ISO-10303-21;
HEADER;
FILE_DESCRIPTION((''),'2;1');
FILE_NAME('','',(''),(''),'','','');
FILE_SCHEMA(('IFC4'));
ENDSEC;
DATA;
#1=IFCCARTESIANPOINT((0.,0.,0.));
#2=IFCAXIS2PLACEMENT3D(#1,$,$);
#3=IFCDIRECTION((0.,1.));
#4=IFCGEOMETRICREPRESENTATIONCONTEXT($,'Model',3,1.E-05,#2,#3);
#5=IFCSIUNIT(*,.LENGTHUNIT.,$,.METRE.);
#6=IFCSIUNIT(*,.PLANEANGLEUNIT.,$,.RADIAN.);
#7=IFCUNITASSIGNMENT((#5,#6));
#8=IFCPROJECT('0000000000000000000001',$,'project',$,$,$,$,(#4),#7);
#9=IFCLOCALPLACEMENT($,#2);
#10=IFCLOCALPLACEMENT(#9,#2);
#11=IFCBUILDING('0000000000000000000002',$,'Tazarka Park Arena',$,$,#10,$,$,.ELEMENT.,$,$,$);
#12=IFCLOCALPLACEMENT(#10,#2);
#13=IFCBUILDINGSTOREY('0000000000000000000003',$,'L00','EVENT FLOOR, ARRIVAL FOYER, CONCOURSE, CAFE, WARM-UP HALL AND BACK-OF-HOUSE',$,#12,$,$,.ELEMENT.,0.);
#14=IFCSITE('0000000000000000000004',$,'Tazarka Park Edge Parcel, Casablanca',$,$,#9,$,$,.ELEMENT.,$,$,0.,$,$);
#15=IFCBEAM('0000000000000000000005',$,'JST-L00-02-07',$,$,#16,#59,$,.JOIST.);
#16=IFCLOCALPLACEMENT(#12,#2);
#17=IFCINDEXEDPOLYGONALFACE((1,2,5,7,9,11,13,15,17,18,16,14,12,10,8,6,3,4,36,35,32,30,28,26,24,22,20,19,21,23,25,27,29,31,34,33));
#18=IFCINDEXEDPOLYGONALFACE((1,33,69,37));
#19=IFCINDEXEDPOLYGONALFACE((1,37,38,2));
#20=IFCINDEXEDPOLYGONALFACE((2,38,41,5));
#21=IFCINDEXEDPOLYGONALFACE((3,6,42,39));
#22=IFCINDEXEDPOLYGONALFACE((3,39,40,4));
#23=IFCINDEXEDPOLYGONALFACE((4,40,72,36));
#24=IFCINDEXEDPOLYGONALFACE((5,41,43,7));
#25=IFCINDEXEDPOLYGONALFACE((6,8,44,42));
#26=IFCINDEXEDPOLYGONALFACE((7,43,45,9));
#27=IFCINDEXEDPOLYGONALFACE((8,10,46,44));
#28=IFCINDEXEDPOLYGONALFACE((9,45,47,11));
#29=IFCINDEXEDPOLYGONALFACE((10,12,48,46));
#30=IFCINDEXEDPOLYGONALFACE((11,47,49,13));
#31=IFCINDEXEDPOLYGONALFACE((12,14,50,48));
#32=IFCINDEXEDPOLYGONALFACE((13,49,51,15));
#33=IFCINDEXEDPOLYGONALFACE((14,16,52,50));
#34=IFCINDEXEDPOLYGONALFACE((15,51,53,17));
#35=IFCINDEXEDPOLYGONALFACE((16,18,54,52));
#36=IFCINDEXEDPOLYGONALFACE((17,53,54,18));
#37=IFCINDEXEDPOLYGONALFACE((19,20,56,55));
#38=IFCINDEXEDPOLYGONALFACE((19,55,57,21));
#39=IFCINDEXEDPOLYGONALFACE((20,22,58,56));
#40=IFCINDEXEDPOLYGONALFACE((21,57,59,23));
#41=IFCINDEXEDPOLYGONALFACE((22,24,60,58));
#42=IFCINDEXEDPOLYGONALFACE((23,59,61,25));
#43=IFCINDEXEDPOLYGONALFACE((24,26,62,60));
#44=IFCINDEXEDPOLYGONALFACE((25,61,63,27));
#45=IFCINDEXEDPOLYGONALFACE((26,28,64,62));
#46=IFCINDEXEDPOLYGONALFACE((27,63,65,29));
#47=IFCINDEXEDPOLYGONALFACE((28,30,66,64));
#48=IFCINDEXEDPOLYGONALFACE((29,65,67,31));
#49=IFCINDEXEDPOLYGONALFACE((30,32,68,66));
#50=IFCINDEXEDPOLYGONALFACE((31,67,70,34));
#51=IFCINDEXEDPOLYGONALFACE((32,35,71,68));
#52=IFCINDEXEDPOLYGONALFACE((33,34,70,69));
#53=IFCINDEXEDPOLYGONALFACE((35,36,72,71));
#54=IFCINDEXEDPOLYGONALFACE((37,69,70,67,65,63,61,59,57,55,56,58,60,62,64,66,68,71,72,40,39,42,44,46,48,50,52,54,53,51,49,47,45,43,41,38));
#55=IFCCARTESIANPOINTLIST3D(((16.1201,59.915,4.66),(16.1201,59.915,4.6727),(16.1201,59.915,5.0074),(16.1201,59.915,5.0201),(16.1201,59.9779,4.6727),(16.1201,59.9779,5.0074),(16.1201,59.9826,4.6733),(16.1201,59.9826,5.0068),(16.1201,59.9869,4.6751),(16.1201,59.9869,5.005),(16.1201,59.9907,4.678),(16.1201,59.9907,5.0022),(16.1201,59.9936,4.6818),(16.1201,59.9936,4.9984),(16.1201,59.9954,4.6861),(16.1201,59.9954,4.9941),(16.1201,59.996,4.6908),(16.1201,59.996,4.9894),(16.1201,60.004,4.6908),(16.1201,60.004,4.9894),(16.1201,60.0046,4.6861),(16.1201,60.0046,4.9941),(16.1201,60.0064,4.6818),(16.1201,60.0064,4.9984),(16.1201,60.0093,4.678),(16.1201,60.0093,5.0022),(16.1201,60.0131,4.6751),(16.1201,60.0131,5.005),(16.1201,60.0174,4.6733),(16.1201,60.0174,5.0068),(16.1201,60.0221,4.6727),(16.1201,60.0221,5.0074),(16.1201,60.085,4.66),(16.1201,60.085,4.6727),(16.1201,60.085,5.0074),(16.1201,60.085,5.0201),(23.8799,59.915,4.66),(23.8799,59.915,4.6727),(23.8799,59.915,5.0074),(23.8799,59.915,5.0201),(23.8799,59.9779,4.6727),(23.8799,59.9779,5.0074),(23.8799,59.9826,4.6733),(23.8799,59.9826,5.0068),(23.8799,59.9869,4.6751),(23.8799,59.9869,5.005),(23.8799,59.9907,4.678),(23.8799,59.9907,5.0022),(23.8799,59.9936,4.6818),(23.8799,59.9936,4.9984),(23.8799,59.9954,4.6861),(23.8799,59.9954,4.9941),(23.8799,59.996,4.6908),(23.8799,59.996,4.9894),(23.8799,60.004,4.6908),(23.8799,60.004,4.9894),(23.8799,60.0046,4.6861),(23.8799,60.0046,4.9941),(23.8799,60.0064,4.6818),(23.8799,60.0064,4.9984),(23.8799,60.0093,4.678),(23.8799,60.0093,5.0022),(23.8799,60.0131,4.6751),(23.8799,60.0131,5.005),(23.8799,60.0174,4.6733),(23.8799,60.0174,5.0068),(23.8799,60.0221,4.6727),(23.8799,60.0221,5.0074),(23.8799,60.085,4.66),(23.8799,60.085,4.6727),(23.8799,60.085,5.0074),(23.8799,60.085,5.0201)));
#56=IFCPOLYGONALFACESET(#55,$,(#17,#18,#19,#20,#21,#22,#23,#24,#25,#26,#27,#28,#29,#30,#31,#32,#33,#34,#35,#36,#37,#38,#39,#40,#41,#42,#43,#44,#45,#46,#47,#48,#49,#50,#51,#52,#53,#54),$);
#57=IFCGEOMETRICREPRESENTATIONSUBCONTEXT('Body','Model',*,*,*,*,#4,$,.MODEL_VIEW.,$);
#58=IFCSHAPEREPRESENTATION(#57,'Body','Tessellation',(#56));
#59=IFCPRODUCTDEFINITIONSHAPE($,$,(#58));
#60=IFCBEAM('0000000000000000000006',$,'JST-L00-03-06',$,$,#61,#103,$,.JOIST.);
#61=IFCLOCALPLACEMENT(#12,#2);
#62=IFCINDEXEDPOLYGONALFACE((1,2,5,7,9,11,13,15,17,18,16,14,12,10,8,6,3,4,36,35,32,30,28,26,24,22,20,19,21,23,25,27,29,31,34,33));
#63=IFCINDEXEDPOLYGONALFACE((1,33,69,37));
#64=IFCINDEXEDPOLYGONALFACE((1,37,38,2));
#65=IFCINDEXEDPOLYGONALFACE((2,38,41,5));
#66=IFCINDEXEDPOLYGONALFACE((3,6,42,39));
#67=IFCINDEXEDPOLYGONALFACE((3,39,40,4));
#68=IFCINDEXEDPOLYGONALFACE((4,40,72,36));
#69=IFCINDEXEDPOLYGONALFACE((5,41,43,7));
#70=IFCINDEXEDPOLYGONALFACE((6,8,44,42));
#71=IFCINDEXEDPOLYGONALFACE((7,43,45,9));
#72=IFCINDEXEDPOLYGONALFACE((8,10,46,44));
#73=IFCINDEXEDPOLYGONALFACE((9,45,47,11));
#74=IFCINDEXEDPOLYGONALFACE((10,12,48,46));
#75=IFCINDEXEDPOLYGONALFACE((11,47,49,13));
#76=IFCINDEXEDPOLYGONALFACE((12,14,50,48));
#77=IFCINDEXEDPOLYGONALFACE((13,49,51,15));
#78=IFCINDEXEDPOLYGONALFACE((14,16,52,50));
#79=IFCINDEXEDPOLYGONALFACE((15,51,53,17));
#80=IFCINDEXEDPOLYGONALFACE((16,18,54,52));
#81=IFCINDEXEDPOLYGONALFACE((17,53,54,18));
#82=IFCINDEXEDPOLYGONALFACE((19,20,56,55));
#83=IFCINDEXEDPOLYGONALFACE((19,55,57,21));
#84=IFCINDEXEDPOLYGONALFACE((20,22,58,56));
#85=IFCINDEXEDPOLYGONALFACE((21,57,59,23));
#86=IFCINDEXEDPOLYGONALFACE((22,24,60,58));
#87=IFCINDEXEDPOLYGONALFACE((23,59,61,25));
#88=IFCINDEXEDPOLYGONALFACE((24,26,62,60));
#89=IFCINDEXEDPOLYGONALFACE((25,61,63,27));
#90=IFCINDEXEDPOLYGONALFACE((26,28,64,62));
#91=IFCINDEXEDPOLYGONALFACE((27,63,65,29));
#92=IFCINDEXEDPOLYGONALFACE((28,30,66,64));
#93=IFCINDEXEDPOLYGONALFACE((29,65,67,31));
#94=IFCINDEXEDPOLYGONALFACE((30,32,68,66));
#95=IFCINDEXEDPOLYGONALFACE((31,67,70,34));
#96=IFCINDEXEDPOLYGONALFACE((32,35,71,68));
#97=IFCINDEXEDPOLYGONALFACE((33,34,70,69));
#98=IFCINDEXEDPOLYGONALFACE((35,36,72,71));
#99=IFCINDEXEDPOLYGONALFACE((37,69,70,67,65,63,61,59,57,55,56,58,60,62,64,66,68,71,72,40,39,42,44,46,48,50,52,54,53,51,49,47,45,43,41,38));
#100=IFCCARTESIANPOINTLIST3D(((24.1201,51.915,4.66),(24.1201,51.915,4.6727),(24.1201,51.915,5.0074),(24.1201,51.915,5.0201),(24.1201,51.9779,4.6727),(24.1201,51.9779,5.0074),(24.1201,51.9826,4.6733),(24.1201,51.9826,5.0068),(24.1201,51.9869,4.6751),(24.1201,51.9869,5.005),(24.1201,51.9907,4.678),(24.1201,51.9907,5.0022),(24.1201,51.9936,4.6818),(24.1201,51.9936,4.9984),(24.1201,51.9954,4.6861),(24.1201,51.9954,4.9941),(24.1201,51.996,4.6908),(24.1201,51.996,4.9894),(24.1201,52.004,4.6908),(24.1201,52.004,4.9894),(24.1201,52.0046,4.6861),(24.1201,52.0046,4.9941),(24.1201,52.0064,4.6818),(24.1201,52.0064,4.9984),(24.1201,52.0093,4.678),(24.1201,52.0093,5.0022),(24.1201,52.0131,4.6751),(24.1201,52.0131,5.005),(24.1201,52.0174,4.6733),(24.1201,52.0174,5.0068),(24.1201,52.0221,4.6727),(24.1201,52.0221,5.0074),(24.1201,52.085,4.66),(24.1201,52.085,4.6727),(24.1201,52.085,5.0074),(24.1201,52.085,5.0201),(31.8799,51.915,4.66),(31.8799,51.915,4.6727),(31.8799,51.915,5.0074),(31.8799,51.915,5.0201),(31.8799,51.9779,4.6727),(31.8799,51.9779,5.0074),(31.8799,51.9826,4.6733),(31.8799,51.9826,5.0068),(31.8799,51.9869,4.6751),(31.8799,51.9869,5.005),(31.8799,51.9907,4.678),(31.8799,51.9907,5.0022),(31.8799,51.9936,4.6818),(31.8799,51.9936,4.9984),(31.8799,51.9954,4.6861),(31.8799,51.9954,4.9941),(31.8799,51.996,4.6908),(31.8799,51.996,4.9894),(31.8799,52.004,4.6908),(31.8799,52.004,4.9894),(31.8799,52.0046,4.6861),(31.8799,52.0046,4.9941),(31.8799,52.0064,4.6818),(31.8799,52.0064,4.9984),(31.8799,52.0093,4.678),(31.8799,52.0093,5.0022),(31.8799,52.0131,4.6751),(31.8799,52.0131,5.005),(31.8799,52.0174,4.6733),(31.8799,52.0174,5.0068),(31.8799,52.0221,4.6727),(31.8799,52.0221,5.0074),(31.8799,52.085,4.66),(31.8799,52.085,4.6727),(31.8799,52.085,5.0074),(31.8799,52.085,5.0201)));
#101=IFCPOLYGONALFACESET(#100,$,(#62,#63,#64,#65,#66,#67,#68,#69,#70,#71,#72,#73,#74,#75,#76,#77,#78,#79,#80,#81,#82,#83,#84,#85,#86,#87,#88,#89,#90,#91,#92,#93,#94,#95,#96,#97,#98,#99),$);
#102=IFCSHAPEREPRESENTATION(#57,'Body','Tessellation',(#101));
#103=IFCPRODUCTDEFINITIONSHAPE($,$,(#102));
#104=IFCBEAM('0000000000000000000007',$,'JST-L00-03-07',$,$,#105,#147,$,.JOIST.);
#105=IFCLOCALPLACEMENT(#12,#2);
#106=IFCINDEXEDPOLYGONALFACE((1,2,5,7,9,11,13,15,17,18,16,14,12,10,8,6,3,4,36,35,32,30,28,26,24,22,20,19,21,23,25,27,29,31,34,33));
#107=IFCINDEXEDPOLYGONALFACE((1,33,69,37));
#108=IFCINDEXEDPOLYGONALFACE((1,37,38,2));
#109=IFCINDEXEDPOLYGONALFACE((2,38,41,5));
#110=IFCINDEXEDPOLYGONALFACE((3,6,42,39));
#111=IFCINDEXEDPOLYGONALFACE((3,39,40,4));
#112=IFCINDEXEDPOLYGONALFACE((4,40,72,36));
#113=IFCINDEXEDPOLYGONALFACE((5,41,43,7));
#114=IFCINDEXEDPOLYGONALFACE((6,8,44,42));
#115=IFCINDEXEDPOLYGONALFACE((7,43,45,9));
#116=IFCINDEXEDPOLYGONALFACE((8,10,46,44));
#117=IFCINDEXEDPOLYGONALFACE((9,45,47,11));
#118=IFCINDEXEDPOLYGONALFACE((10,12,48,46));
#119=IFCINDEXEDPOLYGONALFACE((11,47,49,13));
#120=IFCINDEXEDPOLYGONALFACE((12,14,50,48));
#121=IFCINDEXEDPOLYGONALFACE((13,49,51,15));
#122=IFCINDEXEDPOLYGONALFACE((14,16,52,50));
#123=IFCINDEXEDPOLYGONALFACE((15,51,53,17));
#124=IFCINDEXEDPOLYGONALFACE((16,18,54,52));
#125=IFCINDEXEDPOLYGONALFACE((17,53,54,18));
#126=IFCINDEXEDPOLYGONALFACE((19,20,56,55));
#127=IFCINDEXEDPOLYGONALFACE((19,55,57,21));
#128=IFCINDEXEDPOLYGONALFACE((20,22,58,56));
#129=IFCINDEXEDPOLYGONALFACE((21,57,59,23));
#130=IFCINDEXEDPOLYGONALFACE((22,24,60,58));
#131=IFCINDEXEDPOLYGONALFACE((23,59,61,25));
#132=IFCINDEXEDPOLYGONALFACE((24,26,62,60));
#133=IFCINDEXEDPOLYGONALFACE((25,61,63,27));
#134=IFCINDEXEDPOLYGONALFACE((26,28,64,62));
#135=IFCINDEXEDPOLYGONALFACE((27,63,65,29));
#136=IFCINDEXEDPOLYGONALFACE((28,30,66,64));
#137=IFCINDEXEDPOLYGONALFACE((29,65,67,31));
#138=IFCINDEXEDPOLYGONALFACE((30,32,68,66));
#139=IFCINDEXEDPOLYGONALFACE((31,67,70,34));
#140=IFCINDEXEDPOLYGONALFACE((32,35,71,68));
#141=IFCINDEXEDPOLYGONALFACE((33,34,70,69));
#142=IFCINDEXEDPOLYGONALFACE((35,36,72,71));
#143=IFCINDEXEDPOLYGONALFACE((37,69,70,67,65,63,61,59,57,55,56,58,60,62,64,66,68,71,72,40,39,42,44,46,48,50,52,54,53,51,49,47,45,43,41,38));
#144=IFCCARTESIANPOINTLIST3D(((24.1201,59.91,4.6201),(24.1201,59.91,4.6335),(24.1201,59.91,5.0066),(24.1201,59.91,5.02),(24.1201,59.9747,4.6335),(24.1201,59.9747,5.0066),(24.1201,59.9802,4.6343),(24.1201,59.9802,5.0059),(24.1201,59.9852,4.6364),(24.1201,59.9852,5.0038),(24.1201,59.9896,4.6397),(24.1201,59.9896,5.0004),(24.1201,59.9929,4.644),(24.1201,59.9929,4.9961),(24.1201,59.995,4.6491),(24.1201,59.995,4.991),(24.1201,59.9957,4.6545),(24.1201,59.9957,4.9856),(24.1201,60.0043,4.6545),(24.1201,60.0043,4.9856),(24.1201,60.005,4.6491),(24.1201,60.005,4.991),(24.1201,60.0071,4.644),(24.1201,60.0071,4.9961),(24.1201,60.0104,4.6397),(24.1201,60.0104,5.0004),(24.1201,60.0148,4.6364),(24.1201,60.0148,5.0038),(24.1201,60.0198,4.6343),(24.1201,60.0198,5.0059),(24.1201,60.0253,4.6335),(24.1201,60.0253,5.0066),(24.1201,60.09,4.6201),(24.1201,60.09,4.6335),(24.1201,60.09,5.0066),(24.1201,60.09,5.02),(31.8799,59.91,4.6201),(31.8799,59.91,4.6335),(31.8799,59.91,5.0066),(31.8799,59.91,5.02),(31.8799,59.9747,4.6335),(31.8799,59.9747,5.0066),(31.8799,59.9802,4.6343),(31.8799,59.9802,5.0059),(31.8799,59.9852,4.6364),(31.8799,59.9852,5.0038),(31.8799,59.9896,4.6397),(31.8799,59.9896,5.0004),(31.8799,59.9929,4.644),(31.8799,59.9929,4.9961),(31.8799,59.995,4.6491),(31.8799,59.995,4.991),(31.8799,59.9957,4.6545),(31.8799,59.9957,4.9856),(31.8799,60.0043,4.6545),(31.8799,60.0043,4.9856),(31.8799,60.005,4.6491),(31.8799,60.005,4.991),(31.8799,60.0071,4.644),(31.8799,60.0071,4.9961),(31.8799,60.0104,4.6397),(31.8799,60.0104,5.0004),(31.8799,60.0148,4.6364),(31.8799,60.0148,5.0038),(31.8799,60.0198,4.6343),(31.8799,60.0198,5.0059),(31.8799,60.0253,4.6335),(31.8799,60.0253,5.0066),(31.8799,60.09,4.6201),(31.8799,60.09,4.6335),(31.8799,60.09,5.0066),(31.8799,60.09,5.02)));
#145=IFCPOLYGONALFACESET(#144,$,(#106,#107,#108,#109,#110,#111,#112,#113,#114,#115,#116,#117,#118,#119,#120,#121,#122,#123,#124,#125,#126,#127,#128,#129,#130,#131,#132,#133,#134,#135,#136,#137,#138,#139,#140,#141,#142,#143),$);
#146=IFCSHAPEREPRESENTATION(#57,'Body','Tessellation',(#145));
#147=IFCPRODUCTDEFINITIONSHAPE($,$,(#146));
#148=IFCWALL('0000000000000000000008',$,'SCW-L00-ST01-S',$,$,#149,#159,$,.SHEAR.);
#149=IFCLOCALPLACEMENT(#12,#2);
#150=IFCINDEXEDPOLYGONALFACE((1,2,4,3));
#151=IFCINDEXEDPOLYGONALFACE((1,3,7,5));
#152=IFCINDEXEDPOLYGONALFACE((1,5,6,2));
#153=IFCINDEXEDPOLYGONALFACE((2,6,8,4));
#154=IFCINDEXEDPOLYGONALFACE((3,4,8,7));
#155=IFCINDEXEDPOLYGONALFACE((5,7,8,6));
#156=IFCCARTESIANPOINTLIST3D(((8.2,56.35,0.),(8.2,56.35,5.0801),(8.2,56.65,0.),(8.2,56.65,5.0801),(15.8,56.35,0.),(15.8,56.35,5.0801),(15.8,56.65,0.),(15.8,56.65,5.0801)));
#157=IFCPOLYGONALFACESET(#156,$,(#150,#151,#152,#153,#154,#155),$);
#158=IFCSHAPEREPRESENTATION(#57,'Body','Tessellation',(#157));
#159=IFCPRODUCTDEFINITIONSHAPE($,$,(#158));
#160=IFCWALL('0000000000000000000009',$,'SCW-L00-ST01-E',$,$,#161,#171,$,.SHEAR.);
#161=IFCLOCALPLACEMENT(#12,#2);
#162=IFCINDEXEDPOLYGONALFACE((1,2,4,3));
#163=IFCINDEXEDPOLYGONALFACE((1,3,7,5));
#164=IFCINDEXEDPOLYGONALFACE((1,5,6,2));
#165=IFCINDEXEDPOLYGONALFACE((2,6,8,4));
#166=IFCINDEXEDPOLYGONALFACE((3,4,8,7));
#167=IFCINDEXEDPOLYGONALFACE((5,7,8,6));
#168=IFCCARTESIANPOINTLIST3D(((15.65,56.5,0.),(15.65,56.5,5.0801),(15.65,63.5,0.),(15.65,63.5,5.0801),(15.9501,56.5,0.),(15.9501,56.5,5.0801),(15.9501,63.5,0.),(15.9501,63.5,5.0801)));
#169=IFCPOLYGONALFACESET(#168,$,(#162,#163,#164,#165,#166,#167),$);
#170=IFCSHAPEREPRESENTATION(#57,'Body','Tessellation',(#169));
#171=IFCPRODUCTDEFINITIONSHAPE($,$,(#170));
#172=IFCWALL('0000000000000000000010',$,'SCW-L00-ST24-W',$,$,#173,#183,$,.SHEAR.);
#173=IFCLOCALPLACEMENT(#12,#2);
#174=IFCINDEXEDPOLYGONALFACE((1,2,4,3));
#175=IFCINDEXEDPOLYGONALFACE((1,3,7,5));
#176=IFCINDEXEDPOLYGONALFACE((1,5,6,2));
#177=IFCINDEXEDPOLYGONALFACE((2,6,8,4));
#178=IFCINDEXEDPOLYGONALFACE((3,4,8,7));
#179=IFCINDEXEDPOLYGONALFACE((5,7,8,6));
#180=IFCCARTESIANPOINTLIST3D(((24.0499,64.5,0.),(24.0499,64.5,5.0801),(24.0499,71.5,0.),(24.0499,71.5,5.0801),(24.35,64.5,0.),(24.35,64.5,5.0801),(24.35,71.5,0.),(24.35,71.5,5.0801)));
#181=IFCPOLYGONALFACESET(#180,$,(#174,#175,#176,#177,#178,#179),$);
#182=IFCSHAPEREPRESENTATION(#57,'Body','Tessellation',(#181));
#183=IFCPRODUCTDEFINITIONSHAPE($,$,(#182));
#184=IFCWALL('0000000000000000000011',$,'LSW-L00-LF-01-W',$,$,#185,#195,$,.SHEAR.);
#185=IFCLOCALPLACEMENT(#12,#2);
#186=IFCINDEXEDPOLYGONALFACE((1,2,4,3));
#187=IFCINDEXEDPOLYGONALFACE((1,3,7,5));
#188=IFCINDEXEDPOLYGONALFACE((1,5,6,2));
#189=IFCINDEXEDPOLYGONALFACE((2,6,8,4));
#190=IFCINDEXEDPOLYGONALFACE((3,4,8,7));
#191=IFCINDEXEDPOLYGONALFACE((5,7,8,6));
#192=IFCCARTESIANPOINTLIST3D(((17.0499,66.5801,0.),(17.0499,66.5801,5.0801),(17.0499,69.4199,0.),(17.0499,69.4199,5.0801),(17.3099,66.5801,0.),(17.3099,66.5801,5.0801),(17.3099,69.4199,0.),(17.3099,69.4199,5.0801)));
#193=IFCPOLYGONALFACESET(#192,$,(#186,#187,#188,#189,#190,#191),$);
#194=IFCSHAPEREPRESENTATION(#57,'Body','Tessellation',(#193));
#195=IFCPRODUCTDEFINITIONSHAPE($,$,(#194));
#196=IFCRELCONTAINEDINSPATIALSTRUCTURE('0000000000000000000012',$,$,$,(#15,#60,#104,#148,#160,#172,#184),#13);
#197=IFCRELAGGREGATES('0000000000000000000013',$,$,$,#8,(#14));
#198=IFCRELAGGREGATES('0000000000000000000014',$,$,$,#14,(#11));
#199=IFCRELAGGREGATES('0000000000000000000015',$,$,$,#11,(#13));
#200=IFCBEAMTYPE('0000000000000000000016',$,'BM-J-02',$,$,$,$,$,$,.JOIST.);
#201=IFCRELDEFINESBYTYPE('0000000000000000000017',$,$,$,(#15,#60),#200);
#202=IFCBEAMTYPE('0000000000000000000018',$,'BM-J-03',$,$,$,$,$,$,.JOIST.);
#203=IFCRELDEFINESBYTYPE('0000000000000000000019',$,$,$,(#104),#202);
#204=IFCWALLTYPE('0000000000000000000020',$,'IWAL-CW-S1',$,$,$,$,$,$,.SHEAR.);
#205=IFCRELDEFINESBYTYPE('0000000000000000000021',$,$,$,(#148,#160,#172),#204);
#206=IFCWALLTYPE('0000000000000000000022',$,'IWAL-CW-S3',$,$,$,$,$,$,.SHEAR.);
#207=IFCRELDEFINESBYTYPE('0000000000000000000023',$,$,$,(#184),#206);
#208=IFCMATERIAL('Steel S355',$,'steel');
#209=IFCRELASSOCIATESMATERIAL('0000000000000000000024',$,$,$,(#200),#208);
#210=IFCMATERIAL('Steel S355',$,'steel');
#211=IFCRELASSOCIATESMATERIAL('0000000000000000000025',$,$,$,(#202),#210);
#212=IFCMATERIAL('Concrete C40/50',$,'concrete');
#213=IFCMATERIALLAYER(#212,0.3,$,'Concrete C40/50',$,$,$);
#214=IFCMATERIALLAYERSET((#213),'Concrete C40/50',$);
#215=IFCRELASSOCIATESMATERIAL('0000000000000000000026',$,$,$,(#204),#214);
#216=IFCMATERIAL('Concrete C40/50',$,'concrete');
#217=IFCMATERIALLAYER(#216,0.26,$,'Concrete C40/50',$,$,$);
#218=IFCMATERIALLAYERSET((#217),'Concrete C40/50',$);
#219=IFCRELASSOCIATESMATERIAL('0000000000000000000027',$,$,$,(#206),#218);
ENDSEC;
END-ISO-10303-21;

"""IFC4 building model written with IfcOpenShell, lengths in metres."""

from ifc_helpers import new_model, si_unit, direction, frame, frame_2d, origin, origin_2d, place, context, subcontext, project, spatial, rectangle, i_section, extrude, material, layer, layer_set, material_profile, profile_set, type_object, element, save


model = new_model("IFC4")

# Units and contexts
model_context = context("Model", 3, precision=1e-05, world=origin(), true_north=direction((0.0, 1.0)))
body_context = subcontext(model_context, "Body", "Model", "MODEL_VIEW")
ifc_project = project(units=[si_unit("LENGTHUNIT", "METRE"), si_unit("PLANEANGLEUNIT", "RADIAN")], contexts=[model_context])

# Site, building, storey
site_placement = place(None, origin())
site = spatial("IfcSite", under=ifc_project, at=site_placement, Name="Tazarka Park Edge Parcel, Casablanca", CompositionType="ELEMENT", RefElevation=0.0)
building_placement = place(site_placement, origin())
building = spatial("IfcBuilding", under=site, at=building_placement, Name="Tazarka Park Arena", CompositionType="ELEMENT")
storey_placement = place(building_placement, origin())
storey = spatial("IfcBuildingStorey", under=building, at=storey_placement, Name="L00", Description="EVENT FLOOR, ARRIVAL FOYER, CONCOURSE, CAFE, WARM-UP HALL AND BACK-OF-HOUSE", CompositionType="ELEMENT", Elevation=0.0)

# Beams
ifc_material_1 = material(Name="Steel S355", Category="steel")
ifc_material_profile_1 = material_profile(ifc_material_1, i_section(OverallWidth=0.1699, OverallDepth=0.3601, WebThickness=0.0081, FlangeThickness=0.0127, FilletRadius=0.0181, at=origin_2d()), Name="Steel S355")
ifc_profile_set_1 = profile_set([ifc_material_profile_1], Name="Steel S355")
beam_type_1 = type_object("IfcBeamType", Name="BM-J-02", PredefinedType="JOIST", material=ifc_profile_set_1)
for number, where, z_axis, x_axis, name in (
    (1, (16.1201, 60.0, 4.8401), (1.0, 0.0, 0.0), (0.0, 1.0, 0.0), "JST-L00-02-07"),
    (2, (24.1201, 52.0, 4.8401), (1.0, 0.0, 0.0), (0.0, 1.0, 0.0), "JST-L00-03-06"),
):
    element("IfcBeam", number, at=place(storey_placement, frame(where, z_axis=z_axis, x_axis=x_axis)), inside=storey, type_object=beam_type_1, Name=name, PredefinedType="JOIST", context=body_context, shape_type="SweptSolid", body=[
        extrude(i_section(OverallWidth=0.1699, OverallDepth=0.3601, WebThickness=0.0081, FlangeThickness=0.0127, FilletRadius=0.0181, at=origin_2d()), origin(), (0.0, 0.0, 1.0), 7.7598),
    ])
ifc_material_2 = material(Name="Steel S355", Category="steel")
ifc_material_profile_2 = material_profile(ifc_material_2, i_section(OverallWidth=0.1799, OverallDepth=0.3999, WebThickness=0.0085, FlangeThickness=0.0134, FilletRadius=0.021, at=origin_2d()), Name="Steel S355")
ifc_profile_set_2 = profile_set([ifc_material_profile_2], Name="Steel S355")
beam_type_2 = type_object("IfcBeamType", Name="BM-J-03", PredefinedType="JOIST", material=ifc_profile_set_2)
beam_1_placement = place(storey_placement, frame((24.1201, 60.0, 4.8201), z_axis=(1.0, 0.0, 0.0), x_axis=(0.0, 1.0, 0.0)))
element("IfcBeam", 3, at=beam_1_placement, inside=storey, type_object=beam_type_2, Name="JST-L00-03-07", PredefinedType="JOIST", context=body_context, shape_type="SweptSolid", body=[
    extrude(i_section(OverallWidth=0.1799, OverallDepth=0.3999, WebThickness=0.0085, FlangeThickness=0.0134, FilletRadius=0.021, at=origin_2d()), origin(), (0.0, 0.0, 1.0), 7.7598),
])

# Walls
ifc_material_3 = material(Name="Concrete C40/50", Category="concrete")
ifc_layer_1 = layer(ifc_material_3, 0.3, Name="Concrete C40/50")
ifc_layer_set_1 = layer_set([ifc_layer_1], Name="Concrete C40/50")
wall_type_1 = type_object("IfcWallType", Name="IWAL-CW-S1", PredefinedType="SHEAR", material=ifc_layer_set_1)
wall_1_placement = place(storey_placement, frame((15.8, 56.5, 0.0), z_axis=(0.0, 0.0, 1.0), x_axis=(-1.0, 0.0, 0.0)))
element("IfcWall", 4, at=wall_1_placement, inside=storey, type_object=wall_type_1, Name="SCW-L00-ST01-S", PredefinedType="SHEAR", context=body_context, shape_type="SweptSolid", body=[
    extrude(rectangle(XDim=7.6001, YDim=0.3, at=frame_2d((3.8, 0.0))), origin(), (0.0, 0.0, 1.0), 5.0801),
])
for number, where, z_axis, x_axis, name in (
    (5, (15.8, 63.5, 0.0), (0.0, 0.0, 1.0), (0.0, -1.0, 0.0), "SCW-L00-ST01-E"),
    (6, (24.2, 64.5, 0.0), (0.0, 0.0, 1.0), (0.0, 1.0, 0.0), "SCW-L00-ST24-W"),
):
    element("IfcWall", number, at=place(storey_placement, frame(where, z_axis=z_axis, x_axis=x_axis)), inside=storey, type_object=wall_type_1, Name=name, PredefinedType="SHEAR", context=body_context, shape_type="SweptSolid", body=[
        extrude(rectangle(XDim=7.0, YDim=0.3, at=frame_2d((3.5, 0.0))), origin(), (0.0, 0.0, 1.0), 5.0801),
    ])
ifc_material_4 = material(Name="Concrete C40/50", Category="concrete")
ifc_layer_2 = layer(ifc_material_4, 0.26, Name="Concrete C40/50")
ifc_layer_set_2 = layer_set([ifc_layer_2], Name="Concrete C40/50")
wall_type_2 = type_object("IfcWallType", Name="IWAL-CW-S3", PredefinedType="SHEAR", material=ifc_layer_set_2)
wall_2_placement = place(storey_placement, frame((17.1799, 66.5801, 0.0), z_axis=(0.0, 0.0, 1.0), x_axis=(0.0, 1.0, 0.0)))
element("IfcWall", 7, at=wall_2_placement, inside=storey, type_object=wall_type_2, Name="LSW-L00-LF-01-W", PredefinedType="SHEAR", context=body_context, shape_type="SweptSolid", body=[
    extrude(rectangle(XDim=2.8398, YDim=0.26, at=frame_2d((1.4199, 0.0))), origin(), (0.0, 0.0, 1.0), 5.0801),
])

save(model, "model.ifc")
